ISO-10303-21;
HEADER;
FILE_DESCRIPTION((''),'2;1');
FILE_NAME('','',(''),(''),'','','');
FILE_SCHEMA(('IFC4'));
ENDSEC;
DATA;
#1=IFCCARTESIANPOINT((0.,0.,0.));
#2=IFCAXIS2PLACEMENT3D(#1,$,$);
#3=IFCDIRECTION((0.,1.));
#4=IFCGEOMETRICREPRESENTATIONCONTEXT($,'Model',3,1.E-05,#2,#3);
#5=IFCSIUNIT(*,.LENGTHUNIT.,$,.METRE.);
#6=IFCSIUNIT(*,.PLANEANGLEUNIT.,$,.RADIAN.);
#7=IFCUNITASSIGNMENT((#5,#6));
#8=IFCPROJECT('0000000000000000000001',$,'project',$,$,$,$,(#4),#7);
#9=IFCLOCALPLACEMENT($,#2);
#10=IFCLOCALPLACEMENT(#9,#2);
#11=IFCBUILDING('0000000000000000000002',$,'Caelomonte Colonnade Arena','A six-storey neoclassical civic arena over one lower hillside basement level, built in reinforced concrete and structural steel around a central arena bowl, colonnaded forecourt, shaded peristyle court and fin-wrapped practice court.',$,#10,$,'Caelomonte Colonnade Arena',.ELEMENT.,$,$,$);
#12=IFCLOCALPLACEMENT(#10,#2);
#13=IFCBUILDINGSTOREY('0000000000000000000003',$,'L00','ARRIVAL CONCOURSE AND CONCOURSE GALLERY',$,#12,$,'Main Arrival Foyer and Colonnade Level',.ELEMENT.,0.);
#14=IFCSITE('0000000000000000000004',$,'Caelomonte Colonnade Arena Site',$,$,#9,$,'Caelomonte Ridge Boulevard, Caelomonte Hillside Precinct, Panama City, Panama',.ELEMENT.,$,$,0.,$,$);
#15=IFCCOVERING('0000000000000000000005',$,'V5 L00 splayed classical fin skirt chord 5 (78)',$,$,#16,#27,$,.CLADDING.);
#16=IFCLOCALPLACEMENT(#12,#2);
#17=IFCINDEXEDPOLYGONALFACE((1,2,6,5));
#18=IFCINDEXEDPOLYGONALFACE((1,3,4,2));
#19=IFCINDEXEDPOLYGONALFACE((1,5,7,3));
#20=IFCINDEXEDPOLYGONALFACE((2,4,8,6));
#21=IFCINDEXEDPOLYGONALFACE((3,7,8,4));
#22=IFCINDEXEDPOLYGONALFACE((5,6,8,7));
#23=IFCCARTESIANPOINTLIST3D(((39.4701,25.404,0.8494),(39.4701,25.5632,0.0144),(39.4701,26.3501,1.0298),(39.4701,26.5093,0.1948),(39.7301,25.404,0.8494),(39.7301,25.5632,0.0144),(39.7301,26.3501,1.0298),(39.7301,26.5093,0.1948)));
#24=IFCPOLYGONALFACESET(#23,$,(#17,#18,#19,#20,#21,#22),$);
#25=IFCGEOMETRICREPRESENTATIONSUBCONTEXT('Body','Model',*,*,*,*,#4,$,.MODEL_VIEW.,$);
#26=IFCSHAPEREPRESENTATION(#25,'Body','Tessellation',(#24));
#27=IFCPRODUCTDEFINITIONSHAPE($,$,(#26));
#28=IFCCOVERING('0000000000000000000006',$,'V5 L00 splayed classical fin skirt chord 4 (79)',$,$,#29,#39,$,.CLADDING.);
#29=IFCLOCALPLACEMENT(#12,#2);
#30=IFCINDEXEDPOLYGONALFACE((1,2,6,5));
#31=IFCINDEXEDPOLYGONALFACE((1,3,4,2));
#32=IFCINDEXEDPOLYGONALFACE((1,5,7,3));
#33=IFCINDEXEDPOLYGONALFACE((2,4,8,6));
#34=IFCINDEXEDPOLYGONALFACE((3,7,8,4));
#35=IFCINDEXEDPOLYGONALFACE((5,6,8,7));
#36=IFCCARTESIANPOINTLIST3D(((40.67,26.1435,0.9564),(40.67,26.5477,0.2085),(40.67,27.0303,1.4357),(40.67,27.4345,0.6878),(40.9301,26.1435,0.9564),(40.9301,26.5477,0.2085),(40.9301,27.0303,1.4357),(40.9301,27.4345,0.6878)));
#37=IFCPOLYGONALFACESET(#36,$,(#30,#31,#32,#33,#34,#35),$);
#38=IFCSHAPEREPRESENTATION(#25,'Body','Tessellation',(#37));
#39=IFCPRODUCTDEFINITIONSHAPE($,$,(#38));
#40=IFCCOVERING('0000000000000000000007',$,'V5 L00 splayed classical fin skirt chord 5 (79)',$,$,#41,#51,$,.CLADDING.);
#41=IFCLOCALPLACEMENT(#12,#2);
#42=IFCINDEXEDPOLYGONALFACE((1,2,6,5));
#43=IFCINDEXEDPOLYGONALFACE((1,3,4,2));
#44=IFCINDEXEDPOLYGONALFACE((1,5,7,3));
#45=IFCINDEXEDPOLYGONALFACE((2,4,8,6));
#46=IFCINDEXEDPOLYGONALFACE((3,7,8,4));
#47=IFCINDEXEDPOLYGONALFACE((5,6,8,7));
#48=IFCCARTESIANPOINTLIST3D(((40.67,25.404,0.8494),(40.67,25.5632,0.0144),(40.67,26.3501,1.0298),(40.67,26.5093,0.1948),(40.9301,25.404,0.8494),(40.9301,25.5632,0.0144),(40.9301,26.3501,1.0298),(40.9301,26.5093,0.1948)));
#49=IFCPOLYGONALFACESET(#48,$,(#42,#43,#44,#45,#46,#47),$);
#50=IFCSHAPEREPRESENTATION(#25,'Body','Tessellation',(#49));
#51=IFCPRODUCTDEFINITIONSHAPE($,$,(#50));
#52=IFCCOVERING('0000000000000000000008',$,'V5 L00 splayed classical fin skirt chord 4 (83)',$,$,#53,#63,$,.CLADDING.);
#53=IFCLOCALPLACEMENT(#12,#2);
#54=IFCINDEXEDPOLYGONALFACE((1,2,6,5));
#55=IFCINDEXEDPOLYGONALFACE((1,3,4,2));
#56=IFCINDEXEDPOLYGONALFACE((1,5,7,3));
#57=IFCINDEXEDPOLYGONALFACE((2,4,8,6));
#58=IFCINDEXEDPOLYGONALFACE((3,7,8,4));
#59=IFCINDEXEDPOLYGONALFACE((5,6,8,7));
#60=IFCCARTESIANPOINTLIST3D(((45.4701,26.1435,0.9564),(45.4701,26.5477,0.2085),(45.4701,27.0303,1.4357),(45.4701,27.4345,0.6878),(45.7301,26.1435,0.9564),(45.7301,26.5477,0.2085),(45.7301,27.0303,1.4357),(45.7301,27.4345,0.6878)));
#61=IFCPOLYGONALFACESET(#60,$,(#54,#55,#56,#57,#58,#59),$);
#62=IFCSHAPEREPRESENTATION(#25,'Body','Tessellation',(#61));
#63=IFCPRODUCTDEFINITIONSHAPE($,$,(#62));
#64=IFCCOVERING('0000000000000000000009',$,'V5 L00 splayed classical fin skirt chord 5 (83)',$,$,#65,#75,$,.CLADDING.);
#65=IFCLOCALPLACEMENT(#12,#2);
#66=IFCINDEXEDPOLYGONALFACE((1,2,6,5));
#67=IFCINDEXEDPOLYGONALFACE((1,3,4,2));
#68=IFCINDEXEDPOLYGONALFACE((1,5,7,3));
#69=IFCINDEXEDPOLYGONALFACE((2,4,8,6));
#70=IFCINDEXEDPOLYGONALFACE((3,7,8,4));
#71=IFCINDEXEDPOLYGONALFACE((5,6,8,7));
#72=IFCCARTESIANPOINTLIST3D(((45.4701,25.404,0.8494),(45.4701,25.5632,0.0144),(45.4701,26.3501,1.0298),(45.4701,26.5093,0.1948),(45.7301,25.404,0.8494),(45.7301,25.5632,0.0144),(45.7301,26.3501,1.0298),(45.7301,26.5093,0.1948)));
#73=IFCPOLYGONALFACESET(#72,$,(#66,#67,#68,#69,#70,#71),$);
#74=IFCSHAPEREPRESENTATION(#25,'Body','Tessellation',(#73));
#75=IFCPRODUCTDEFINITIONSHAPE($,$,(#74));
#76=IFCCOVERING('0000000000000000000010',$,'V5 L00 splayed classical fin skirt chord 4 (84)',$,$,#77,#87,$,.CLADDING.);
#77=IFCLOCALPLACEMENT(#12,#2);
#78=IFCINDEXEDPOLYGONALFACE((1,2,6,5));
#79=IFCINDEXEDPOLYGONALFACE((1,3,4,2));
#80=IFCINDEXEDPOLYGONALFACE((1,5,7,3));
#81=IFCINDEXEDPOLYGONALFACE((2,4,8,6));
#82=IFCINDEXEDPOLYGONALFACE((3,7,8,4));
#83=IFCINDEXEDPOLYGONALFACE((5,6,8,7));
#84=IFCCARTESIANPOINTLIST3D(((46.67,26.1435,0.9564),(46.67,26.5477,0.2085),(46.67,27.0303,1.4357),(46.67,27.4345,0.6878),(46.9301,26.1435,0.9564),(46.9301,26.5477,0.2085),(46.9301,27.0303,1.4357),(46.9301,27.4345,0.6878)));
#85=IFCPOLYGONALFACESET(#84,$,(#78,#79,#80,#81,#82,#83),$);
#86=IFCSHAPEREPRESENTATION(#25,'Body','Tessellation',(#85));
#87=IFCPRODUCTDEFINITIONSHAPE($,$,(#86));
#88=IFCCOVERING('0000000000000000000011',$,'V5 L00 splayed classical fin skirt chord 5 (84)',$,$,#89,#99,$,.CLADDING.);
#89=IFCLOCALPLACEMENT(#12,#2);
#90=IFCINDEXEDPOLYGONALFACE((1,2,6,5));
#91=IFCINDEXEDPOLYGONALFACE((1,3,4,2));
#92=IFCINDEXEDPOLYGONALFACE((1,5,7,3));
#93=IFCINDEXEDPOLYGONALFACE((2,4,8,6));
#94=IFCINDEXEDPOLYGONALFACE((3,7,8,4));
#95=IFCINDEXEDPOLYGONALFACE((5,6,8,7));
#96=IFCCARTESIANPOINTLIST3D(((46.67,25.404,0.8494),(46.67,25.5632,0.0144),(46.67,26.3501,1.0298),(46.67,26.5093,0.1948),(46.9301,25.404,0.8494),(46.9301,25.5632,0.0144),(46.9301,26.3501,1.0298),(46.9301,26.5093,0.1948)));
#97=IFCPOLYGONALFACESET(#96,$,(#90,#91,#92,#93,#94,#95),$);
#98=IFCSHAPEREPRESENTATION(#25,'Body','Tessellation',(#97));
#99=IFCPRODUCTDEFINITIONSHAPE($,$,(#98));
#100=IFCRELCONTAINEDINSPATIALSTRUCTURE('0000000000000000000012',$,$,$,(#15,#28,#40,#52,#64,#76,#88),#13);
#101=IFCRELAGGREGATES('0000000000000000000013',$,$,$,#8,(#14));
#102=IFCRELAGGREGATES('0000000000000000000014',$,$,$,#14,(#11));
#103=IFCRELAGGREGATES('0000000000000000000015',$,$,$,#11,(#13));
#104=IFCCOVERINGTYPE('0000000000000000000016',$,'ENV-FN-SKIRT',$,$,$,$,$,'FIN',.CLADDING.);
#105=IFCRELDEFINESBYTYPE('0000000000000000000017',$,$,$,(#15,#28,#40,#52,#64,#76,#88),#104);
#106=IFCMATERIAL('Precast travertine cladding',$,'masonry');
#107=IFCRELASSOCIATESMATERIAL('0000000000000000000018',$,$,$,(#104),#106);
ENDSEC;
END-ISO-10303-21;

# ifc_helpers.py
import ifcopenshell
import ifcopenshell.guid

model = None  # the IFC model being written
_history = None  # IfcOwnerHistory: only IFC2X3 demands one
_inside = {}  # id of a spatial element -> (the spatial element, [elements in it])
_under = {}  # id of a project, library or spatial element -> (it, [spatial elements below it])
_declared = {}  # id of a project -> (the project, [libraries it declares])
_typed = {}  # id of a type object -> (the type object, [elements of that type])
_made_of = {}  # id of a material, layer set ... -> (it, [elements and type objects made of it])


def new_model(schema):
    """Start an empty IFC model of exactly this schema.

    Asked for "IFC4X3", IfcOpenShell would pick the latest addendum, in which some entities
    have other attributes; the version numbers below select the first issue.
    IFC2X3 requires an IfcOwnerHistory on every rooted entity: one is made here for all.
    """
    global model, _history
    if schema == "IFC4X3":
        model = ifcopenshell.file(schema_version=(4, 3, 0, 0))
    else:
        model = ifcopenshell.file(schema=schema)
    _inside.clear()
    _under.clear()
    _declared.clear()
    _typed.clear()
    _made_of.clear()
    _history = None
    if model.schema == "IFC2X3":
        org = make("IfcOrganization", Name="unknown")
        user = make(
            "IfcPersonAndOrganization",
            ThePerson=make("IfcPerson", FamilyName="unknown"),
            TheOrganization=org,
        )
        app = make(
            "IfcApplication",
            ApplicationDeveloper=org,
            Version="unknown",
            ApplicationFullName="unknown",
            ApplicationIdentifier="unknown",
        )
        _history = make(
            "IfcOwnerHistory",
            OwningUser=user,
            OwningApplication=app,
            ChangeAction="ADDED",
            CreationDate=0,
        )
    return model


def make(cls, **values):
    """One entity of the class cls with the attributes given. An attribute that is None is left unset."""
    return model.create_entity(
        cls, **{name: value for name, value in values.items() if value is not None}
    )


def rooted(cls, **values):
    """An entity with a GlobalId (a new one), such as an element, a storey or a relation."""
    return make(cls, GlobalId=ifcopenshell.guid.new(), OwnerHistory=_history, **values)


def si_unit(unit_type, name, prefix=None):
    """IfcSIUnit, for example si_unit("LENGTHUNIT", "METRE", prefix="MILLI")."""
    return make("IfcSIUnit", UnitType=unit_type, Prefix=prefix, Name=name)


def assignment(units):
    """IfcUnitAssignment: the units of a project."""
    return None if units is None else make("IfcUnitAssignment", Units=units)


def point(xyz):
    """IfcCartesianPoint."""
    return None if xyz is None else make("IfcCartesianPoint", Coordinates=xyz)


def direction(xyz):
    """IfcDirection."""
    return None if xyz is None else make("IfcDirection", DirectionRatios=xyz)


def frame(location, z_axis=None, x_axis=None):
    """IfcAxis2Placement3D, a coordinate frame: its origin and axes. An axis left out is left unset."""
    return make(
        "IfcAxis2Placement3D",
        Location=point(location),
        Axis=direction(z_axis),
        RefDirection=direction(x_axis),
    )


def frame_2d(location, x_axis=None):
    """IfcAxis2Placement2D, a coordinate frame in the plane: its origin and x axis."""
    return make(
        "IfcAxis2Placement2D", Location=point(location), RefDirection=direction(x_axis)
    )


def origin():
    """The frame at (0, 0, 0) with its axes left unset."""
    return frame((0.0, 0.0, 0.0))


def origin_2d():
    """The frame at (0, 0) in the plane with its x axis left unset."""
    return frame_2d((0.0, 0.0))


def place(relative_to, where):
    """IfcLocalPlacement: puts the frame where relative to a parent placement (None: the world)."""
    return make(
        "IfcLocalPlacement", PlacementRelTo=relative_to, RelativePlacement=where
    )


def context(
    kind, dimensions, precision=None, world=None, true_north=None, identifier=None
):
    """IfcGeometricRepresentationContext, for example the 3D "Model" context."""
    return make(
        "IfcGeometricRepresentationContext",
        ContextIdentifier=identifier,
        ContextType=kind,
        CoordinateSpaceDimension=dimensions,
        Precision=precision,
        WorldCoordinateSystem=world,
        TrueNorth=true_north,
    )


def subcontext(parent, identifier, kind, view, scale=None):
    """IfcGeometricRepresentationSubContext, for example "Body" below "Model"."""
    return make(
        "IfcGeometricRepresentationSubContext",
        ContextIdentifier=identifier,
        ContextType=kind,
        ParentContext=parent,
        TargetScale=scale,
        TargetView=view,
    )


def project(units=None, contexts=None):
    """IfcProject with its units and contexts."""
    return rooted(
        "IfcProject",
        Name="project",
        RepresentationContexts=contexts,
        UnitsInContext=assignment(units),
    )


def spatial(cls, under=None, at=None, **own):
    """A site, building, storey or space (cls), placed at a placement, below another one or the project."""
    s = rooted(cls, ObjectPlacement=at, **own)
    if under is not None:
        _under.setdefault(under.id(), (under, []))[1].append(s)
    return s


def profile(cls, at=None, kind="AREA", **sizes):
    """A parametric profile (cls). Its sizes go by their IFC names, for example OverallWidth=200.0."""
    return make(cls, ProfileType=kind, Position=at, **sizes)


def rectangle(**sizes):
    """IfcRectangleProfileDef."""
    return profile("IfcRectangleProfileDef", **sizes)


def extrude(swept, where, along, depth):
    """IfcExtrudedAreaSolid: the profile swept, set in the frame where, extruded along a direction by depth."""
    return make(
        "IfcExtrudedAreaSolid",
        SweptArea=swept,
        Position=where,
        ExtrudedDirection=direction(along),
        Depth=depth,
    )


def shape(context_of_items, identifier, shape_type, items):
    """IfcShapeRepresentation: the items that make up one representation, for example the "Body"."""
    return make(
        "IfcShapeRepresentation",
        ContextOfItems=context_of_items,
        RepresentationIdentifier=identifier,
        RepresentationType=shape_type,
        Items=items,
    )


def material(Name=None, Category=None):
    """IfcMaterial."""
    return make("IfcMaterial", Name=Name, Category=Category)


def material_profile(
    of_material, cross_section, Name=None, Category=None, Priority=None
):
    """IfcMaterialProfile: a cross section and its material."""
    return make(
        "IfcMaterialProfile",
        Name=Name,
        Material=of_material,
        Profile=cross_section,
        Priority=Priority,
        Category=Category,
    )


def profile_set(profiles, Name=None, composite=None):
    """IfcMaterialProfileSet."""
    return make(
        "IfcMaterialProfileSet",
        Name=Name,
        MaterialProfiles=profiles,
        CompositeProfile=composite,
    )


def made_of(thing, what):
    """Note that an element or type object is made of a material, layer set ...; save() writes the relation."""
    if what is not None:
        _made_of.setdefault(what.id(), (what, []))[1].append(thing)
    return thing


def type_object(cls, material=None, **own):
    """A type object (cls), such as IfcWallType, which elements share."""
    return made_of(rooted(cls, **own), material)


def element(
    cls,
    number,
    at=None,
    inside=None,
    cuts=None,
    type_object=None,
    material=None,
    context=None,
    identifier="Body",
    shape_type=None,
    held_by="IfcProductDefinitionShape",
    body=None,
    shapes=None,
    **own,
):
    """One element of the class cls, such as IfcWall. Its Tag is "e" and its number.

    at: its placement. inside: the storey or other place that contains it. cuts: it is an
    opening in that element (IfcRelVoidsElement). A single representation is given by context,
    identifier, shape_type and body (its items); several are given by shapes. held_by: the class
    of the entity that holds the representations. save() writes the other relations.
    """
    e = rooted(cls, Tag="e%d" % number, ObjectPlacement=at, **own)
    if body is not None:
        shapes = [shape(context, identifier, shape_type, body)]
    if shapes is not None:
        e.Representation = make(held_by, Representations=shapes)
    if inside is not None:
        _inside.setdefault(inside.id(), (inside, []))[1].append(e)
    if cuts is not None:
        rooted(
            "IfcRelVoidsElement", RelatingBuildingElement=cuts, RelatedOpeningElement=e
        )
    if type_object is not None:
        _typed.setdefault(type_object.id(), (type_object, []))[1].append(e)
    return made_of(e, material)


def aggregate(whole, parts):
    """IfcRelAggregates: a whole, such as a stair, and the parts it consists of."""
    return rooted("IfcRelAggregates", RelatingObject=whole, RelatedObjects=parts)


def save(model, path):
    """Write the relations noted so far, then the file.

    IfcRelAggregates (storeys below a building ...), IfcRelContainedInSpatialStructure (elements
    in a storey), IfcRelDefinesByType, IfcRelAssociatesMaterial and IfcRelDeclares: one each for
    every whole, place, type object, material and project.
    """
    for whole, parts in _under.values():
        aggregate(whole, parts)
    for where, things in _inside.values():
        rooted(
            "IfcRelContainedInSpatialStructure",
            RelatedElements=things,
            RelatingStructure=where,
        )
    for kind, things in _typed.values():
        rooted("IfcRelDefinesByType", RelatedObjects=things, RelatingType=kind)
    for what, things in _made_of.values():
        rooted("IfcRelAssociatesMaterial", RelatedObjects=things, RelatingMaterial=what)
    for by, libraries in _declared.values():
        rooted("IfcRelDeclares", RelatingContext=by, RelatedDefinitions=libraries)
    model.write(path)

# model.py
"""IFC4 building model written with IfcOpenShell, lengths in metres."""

from ifc_helpers import new_model, si_unit, direction, frame, origin, origin_2d, place, context, subcontext, project, spatial, rectangle, extrude, material, material_profile, profile_set, type_object, element, save


model = new_model("IFC4")

# Units and contexts
model_context = context("Model", 3, precision=1e-05, world=origin(), true_north=direction((0.0, 1.0)))
body_context = subcontext(model_context, "Body", "Model", "MODEL_VIEW")
ifc_project = project(units=[si_unit("LENGTHUNIT", "METRE"), si_unit("PLANEANGLEUNIT", "RADIAN")], contexts=[model_context])

# Site, building, storey
site_placement = place(None, origin())
site = spatial("IfcSite", under=ifc_project, at=site_placement, Name="Caelomonte Colonnade Arena Site", LongName="Caelomonte Ridge Boulevard, Caelomonte Hillside Precinct, Panama City, Panama", CompositionType="ELEMENT", RefElevation=0.0)
building_placement = place(site_placement, origin())
building = spatial("IfcBuilding", under=site, at=building_placement, Name="Caelomonte Colonnade Arena", Description="A six-storey neoclassical civic arena over one lower hillside basement level, built in reinforced concrete and structural steel around a central arena bowl, colonnaded forecourt, shaded peristyle court and fin-wrapped practice court.", LongName="Caelomonte Colonnade Arena", CompositionType="ELEMENT")
storey_placement = place(building_placement, origin())
storey = spatial("IfcBuildingStorey", under=building, at=storey_placement, Name="L00", Description="ARRIVAL CONCOURSE AND CONCOURSE GALLERY", LongName="Main Arrival Foyer and Colonnade Level", CompositionType="ELEMENT", Elevation=0.0)

# Coverings
ifc_material_1 = material(Name="Precast travertine cladding", Category="masonry")
ifc_material_profile_1 = material_profile(ifc_material_1, rectangle(XDim=0.26, YDim=0.8501, at=origin_2d()), Name="FIN260X850")
ifc_profile_set_1 = profile_set([ifc_material_profile_1], Name="Precast travertine cladding")
covering_type = type_object("IfcCoveringType", Name="ENV-FN-SKIRT", ElementType="FIN", PredefinedType="CLADDING", material=ifc_profile_set_1)
covering_1_placement = place(storey_placement, frame((39.6001, 26.4297, 0.6123), z_axis=(0.0, -0.982296, -0.187333), x_axis=(-1.0, 0.0, 0.0)))
element("IfcCovering", 1, at=covering_1_placement, inside=storey, type_object=covering_type, Name="V5 L00 splayed classical fin skirt chord 5 (78)", PredefinedType="CLADDING", context=body_context, shape_type="SweptSolid", body=[
    extrude(rectangle(XDim=0.26, YDim=0.8501, at=origin_2d()), origin(), (0.0, 0.0, 1.0), 0.9631),
])
covering_2_placement = place(storey_placement, frame((40.8, 27.2324, 1.0618), z_axis=(0.0, -0.879731, -0.475471), x_axis=(-1.0, 0.0, 0.0)))
element("IfcCovering", 2, at=covering_2_placement, inside=storey, type_object=covering_type, Name="V5 L00 splayed classical fin skirt chord 4 (79)", PredefinedType="CLADDING", context=body_context, shape_type="SweptSolid", body=[
    extrude(rectangle(XDim=0.26, YDim=0.8501, at=origin_2d()), origin(), (0.0, 0.0, 1.0), 1.0081),
])
covering_3_placement = place(storey_placement, frame((40.8, 26.4297, 0.6123), z_axis=(0.0, -0.982296, -0.187333), x_axis=(-1.0, 0.0, 0.0)))
element("IfcCovering", 3, at=covering_3_placement, inside=storey, type_object=covering_type, Name="V5 L00 splayed classical fin skirt chord 5 (79)", PredefinedType="CLADDING", context=body_context, shape_type="SweptSolid", body=[
    extrude(rectangle(XDim=0.26, YDim=0.8501, at=origin_2d()), origin(), (0.0, 0.0, 1.0), 0.9631),
])
covering_4_placement = place(storey_placement, frame((45.6001, 27.2324, 1.0618), z_axis=(0.0, -0.879731, -0.475471), x_axis=(-1.0, 0.0, 0.0)))
element("IfcCovering", 4, at=covering_4_placement, inside=storey, type_object=covering_type, Name="V5 L00 splayed classical fin skirt chord 4 (83)", PredefinedType="CLADDING", context=body_context, shape_type="SweptSolid", body=[
    extrude(rectangle(XDim=0.26, YDim=0.8501, at=origin_2d()), origin(), (0.0, 0.0, 1.0), 1.0081),
])
covering_5_placement = place(storey_placement, frame((45.6001, 26.4297, 0.6123), z_axis=(0.0, -0.982296, -0.187333), x_axis=(-1.0, 0.0, 0.0)))
element("IfcCovering", 5, at=covering_5_placement, inside=storey, type_object=covering_type, Name="V5 L00 splayed classical fin skirt chord 5 (83)", PredefinedType="CLADDING", context=body_context, shape_type="SweptSolid", body=[
    extrude(rectangle(XDim=0.26, YDim=0.8501, at=origin_2d()), origin(), (0.0, 0.0, 1.0), 0.9631),
])
covering_6_placement = place(storey_placement, frame((46.8, 27.2324, 1.0618), z_axis=(0.0, -0.879731, -0.475471), x_axis=(-1.0, 0.0, 0.0)))
element("IfcCovering", 6, at=covering_6_placement, inside=storey, type_object=covering_type, Name="V5 L00 splayed classical fin skirt chord 4 (84)", PredefinedType="CLADDING", context=body_context, shape_type="SweptSolid", body=[
    extrude(rectangle(XDim=0.26, YDim=0.8501, at=origin_2d()), origin(), (0.0, 0.0, 1.0), 1.0081),
])
covering_7_placement = place(storey_placement, frame((46.8, 26.4297, 0.6123), z_axis=(0.0, -0.982296, -0.187333), x_axis=(-1.0, 0.0, 0.0)))
element("IfcCovering", 7, at=covering_7_placement, inside=storey, type_object=covering_type, Name="V5 L00 splayed classical fin skirt chord 5 (84)", PredefinedType="CLADDING", context=body_context, shape_type="SweptSolid", body=[
    extrude(rectangle(XDim=0.26, YDim=0.8501, at=origin_2d()), origin(), (0.0, 0.0, 1.0), 0.9631),
])

save(model, "model.ifc")
